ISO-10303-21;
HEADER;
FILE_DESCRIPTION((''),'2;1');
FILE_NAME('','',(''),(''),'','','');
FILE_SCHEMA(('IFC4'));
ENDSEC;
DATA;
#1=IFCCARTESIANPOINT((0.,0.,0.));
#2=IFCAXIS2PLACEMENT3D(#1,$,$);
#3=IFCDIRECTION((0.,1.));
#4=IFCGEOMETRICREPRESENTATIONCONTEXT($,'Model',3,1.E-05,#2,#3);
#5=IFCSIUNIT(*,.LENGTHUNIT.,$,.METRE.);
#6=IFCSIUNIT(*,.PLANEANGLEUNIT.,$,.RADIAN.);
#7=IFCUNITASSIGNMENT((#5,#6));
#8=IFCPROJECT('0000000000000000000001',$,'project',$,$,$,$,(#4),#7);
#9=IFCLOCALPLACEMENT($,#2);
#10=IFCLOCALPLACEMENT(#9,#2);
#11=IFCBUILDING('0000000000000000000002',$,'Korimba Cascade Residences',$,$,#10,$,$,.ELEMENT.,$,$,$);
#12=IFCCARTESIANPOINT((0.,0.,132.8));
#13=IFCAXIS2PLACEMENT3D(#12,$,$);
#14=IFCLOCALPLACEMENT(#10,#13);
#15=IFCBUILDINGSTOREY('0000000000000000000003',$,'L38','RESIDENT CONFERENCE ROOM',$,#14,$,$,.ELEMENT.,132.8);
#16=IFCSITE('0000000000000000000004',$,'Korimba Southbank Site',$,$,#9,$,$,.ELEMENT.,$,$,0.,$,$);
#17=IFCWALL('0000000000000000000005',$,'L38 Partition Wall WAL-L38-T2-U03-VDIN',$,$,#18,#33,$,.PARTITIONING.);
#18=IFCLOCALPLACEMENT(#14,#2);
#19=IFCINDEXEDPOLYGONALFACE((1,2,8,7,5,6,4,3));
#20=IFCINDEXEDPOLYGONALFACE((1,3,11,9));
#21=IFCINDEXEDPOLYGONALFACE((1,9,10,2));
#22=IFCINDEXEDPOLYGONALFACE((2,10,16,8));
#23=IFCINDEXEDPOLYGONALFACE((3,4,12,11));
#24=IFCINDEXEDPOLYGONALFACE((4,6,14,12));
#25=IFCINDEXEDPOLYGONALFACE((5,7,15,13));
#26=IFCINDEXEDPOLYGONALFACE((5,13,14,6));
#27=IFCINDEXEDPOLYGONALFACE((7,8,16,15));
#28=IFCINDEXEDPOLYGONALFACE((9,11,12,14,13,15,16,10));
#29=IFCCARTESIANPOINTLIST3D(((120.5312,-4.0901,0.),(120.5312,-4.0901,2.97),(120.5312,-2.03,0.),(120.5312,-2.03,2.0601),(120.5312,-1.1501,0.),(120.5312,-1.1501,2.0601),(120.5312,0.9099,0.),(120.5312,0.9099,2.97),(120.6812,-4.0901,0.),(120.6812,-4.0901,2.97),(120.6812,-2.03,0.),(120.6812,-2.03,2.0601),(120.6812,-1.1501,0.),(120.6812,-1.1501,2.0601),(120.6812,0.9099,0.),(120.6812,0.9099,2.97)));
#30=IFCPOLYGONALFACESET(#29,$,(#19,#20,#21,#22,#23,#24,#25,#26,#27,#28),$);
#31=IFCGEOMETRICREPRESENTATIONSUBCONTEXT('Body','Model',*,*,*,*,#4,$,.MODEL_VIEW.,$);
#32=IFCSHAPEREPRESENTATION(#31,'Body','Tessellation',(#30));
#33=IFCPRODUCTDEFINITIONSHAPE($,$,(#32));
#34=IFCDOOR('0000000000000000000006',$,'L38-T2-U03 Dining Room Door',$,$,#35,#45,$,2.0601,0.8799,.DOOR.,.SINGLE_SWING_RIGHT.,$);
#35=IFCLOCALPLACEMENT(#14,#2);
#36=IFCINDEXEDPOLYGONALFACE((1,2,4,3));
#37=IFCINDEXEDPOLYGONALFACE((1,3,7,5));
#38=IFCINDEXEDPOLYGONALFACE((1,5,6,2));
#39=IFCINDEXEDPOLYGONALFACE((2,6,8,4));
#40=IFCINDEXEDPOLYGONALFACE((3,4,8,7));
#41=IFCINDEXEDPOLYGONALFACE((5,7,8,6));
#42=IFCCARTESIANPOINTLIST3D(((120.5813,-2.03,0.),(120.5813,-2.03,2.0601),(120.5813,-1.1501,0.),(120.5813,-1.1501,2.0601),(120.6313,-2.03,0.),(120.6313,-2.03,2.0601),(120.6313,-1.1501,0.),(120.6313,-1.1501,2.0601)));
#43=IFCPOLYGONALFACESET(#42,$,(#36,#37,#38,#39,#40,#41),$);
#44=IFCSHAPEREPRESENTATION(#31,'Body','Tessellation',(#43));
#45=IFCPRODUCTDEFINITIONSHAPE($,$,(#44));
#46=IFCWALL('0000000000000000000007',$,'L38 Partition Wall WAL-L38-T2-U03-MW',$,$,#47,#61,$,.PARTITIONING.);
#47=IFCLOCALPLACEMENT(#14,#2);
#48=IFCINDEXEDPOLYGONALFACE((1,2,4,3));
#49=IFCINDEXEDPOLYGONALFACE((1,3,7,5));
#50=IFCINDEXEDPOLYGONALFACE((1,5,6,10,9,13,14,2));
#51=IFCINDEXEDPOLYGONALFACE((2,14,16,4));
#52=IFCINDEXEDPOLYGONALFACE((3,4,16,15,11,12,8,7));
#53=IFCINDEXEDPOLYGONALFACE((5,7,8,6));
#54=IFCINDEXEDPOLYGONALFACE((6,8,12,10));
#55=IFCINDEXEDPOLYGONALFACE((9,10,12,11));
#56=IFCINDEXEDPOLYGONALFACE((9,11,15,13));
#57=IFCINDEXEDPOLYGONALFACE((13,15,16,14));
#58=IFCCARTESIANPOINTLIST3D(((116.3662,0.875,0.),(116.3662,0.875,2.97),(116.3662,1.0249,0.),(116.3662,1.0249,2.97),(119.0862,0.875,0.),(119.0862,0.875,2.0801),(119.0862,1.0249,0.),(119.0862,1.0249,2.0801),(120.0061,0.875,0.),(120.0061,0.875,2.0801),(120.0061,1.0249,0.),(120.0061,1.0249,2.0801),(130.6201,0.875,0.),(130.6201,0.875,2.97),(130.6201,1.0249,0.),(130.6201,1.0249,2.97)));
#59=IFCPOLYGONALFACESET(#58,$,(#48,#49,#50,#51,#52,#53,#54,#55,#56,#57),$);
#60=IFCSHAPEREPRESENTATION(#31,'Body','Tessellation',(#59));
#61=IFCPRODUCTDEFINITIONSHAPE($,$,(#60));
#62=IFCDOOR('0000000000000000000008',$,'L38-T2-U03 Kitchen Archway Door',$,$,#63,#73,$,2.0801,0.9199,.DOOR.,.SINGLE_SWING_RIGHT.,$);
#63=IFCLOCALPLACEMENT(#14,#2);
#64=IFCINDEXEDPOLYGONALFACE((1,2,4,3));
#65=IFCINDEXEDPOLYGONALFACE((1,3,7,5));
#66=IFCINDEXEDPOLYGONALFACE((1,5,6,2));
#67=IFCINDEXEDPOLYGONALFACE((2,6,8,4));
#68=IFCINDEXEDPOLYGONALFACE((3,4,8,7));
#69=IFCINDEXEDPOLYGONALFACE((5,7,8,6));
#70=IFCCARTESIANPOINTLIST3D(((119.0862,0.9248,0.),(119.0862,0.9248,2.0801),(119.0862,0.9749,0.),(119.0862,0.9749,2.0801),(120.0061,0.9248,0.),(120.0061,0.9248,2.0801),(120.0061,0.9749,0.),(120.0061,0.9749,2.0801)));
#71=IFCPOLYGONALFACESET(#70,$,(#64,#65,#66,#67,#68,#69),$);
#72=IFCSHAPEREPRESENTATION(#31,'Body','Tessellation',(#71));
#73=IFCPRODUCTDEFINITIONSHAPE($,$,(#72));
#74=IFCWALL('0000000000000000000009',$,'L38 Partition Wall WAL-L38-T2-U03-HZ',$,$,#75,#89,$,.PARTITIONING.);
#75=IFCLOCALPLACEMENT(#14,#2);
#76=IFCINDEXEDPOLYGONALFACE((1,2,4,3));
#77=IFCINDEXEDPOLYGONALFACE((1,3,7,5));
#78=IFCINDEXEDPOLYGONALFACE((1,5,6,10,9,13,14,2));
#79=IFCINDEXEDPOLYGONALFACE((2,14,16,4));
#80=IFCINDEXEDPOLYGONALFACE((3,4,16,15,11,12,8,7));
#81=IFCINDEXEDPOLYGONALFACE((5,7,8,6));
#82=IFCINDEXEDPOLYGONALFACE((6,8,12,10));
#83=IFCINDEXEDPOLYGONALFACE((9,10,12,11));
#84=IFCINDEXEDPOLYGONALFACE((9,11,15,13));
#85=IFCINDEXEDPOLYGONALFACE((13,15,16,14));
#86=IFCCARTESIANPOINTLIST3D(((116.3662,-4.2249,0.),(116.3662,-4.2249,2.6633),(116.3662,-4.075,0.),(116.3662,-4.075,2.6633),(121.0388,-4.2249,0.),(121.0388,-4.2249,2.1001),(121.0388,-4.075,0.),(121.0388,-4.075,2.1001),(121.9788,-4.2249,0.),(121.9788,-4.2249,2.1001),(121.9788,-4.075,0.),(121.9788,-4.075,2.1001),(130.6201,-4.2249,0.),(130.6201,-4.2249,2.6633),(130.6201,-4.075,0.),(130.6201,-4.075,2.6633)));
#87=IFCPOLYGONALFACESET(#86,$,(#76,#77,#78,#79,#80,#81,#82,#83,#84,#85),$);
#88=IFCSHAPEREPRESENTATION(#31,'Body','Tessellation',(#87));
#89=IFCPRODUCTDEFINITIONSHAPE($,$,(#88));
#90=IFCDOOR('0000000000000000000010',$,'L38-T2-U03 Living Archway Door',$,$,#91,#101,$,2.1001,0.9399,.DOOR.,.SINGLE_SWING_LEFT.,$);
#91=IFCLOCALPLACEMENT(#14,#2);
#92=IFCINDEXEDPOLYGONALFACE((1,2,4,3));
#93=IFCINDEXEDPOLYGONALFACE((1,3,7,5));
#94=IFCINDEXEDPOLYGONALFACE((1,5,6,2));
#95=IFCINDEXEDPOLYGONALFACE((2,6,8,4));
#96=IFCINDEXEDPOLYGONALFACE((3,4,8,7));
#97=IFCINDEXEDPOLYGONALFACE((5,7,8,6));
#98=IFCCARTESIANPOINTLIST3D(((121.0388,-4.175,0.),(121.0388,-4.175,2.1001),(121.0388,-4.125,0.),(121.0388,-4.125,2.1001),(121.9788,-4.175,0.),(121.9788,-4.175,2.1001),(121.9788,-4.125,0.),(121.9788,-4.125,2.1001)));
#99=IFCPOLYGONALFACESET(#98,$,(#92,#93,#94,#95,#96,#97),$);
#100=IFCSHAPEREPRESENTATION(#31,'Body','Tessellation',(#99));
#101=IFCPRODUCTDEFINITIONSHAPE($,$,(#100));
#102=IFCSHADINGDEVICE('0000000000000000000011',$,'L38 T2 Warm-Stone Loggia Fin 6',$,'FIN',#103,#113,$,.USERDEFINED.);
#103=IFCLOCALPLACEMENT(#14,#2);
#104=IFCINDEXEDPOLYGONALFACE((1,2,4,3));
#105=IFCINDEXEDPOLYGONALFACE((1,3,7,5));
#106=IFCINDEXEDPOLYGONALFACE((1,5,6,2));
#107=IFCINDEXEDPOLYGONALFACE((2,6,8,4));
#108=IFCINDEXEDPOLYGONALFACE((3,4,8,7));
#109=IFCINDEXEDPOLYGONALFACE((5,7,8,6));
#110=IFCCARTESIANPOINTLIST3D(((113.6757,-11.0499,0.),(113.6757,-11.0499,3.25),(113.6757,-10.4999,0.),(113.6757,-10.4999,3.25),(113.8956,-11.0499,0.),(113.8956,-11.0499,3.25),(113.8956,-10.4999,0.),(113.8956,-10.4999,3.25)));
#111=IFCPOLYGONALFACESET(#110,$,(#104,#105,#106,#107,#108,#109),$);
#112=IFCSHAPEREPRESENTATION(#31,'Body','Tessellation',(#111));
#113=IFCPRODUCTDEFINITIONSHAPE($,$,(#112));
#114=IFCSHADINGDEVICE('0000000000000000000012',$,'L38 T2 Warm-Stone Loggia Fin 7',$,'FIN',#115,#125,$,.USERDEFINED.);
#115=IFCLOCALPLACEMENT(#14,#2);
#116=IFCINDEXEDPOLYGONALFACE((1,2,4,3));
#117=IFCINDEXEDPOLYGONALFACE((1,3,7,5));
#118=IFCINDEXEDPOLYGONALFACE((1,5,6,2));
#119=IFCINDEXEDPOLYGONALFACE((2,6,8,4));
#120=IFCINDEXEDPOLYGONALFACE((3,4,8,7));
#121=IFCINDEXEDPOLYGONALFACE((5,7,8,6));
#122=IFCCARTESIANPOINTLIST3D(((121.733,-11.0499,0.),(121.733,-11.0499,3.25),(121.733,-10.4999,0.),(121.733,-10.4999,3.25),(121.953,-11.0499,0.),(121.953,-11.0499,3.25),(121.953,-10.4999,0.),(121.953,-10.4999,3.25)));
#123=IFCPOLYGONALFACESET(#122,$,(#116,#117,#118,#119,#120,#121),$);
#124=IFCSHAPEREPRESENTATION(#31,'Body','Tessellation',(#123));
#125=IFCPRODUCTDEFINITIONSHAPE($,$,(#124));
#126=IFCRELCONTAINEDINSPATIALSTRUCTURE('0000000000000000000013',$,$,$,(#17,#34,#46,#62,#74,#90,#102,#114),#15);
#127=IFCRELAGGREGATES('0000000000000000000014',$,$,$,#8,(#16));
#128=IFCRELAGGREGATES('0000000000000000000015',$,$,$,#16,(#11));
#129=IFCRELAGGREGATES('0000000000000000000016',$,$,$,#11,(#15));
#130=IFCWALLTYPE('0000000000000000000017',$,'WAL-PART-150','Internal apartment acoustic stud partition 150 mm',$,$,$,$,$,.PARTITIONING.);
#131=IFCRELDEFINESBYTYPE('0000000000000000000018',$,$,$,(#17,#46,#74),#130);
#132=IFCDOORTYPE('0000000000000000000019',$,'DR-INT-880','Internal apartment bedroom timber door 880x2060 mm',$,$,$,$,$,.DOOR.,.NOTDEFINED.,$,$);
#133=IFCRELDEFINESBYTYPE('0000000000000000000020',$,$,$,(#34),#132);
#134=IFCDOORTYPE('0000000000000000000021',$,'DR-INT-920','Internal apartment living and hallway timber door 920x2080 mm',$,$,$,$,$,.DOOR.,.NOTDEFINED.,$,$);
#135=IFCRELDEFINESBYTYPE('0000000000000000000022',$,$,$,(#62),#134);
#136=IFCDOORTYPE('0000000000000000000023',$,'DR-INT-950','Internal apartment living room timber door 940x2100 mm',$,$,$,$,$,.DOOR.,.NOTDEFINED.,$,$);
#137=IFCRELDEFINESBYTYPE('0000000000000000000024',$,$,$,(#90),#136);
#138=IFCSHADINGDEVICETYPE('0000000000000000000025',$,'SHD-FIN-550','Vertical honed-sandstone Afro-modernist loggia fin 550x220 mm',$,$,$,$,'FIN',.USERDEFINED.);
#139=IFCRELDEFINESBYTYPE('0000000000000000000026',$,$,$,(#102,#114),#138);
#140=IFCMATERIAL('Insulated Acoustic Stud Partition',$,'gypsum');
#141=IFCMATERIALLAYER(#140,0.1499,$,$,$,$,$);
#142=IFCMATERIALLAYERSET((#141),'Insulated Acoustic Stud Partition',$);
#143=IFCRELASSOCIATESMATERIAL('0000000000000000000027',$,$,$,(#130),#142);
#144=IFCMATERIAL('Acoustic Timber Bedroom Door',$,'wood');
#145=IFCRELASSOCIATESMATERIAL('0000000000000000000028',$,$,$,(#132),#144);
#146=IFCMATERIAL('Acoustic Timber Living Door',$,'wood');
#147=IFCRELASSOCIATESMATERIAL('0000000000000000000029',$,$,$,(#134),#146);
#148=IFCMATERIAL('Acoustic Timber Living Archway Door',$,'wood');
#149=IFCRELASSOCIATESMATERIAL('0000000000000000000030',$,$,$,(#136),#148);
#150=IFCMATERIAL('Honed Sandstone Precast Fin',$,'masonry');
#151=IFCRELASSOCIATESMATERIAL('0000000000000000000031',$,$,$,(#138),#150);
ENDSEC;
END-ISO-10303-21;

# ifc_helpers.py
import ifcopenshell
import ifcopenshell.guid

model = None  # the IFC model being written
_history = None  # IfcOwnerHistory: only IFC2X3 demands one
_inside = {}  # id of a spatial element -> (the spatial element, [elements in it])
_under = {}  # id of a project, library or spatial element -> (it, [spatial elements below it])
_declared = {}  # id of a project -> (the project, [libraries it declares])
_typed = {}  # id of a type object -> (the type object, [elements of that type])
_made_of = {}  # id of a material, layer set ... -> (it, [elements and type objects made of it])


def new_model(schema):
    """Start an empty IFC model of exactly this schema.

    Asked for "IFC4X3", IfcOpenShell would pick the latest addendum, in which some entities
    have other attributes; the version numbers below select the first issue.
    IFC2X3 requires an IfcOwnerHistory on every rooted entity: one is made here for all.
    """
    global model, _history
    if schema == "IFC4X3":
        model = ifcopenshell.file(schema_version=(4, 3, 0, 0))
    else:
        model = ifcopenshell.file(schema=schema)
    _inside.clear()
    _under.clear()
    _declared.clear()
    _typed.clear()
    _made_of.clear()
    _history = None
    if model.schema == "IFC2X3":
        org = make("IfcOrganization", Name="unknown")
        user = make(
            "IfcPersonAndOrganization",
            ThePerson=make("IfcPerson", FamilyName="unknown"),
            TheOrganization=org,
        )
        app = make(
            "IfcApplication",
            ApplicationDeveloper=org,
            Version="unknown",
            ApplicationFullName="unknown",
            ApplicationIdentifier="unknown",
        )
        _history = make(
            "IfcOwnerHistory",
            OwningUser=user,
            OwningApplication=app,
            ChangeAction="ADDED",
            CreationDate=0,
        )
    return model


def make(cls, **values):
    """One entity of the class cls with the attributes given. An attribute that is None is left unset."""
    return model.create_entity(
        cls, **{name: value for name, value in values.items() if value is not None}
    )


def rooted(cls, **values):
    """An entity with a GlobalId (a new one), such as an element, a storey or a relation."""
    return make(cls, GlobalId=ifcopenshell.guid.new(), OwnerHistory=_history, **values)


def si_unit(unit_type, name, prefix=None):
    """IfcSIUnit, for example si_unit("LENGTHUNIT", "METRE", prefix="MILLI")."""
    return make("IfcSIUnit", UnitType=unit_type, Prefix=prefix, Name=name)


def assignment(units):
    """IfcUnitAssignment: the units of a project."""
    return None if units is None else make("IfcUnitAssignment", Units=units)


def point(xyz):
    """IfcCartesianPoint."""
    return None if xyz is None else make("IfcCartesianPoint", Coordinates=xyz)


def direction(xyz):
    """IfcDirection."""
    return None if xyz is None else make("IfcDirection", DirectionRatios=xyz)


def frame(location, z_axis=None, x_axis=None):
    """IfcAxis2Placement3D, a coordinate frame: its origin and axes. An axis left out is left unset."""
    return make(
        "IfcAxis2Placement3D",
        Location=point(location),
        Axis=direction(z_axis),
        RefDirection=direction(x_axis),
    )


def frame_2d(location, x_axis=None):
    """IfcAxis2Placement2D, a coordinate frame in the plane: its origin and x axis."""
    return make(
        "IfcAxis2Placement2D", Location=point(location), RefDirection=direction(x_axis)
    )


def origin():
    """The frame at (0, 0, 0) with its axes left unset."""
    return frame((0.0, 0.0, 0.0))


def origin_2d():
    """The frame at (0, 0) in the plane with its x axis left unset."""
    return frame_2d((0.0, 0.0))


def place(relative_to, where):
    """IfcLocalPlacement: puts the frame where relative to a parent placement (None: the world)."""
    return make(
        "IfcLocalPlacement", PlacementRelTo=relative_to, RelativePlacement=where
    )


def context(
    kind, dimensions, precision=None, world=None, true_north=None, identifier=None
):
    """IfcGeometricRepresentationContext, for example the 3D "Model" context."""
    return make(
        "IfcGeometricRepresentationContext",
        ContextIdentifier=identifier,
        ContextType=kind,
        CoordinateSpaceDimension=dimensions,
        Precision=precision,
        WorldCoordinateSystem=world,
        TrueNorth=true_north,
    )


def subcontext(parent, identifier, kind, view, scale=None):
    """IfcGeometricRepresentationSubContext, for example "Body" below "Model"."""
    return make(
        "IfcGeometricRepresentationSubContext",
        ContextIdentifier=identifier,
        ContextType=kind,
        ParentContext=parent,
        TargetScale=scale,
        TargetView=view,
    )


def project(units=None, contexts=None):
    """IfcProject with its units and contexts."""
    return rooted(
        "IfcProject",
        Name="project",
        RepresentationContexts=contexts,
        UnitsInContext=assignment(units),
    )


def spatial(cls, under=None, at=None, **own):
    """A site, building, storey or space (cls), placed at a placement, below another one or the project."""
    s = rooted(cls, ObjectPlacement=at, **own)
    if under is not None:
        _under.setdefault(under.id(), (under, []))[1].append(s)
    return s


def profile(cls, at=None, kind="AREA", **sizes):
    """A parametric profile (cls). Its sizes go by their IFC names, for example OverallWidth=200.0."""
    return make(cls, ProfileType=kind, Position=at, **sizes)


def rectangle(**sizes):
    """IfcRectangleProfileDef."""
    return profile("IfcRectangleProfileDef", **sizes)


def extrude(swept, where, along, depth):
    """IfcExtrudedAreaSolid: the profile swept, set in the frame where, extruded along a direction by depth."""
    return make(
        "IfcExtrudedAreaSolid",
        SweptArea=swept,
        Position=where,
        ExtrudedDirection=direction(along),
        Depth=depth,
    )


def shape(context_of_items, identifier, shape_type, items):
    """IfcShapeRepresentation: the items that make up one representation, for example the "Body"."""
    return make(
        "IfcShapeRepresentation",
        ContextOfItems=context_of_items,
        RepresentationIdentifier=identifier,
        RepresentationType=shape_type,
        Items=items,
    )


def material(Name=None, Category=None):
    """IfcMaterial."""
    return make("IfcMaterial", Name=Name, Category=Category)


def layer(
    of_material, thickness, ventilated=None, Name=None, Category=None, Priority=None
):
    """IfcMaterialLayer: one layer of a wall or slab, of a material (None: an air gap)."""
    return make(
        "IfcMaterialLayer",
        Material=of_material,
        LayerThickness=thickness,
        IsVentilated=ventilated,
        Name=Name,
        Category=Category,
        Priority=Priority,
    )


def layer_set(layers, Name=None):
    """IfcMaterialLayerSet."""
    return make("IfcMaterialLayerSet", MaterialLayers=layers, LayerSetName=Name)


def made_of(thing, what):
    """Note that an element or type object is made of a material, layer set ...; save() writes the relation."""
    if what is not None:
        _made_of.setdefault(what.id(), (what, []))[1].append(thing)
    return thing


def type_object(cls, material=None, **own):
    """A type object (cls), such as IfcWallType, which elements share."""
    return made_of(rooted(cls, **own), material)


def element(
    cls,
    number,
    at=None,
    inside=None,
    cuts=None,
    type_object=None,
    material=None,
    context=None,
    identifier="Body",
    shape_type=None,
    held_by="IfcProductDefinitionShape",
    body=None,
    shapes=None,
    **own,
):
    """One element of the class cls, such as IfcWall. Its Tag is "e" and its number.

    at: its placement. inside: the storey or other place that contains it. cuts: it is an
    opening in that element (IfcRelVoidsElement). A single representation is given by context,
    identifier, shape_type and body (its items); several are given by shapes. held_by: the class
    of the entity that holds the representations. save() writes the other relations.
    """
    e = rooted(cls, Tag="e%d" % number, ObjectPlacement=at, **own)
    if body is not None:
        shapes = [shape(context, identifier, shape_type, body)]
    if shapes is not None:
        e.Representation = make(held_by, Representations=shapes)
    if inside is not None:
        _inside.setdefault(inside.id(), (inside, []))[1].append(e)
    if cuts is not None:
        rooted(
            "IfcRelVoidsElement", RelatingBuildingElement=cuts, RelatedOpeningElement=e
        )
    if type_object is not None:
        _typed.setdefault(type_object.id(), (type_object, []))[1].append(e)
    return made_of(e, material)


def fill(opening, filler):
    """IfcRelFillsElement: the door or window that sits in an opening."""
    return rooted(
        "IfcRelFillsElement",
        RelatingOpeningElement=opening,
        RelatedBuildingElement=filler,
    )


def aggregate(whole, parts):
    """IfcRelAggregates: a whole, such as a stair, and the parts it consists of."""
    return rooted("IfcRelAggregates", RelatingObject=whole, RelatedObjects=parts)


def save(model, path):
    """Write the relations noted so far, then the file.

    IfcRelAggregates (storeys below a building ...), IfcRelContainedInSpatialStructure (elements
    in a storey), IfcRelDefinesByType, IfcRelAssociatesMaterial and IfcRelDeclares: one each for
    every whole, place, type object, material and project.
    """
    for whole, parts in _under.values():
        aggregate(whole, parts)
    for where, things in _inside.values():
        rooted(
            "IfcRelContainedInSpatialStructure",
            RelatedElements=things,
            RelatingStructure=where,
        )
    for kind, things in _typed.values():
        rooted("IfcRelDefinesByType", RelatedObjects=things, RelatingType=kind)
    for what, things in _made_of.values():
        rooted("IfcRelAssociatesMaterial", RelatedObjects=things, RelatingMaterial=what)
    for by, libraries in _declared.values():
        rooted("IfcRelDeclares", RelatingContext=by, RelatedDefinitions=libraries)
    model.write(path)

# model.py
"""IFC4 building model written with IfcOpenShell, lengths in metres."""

from ifc_helpers import new_model, si_unit, direction, frame, frame_2d, origin, origin_2d, place, context, subcontext, project, spatial, rectangle, extrude, material, layer, layer_set, type_object, element, fill, save


model = new_model("IFC4")

# Units and contexts
model_context = context("Model", 3, precision=1e-05, world=origin(), true_north=direction((0.0, 1.0)))
body_context = subcontext(model_context, "Body", "Model", "MODEL_VIEW")
ifc_project = project(units=[si_unit("LENGTHUNIT", "METRE"), si_unit("PLANEANGLEUNIT", "RADIAN")], contexts=[model_context])

# Site, building, storey
site_placement = place(None, origin())
site = spatial("IfcSite", under=ifc_project, at=site_placement, Name="Korimba Southbank Site", CompositionType="ELEMENT", RefElevation=0.0)
building_placement = place(site_placement, origin())
building = spatial("IfcBuilding", under=site, at=building_placement, Name="Korimba Cascade Residences", CompositionType="ELEMENT")
storey_placement = place(building_placement, frame((0.0, 0.0, 132.8)))
storey = spatial("IfcBuildingStorey", under=building, at=storey_placement, Name="L38", Description="RESIDENT CONFERENCE ROOM", CompositionType="ELEMENT", Elevation=132.8)

# Walls, openings, doors
ifc_material_1 = material(Name="Insulated Acoustic Stud Partition", Category="gypsum")
ifc_layer_1 = layer(ifc_material_1, 0.1499)
ifc_layer_set_1 = layer_set([ifc_layer_1], Name="Insulated Acoustic Stud Partition")
wall_type_1 = type_object("IfcWallType", Name="WAL-PART-150", Description="Internal apartment acoustic stud partition 150 mm", PredefinedType="PARTITIONING", material=ifc_layer_set_1)
ifc_material_2 = material(Name="Acoustic Timber Bedroom Door", Category="wood")
door_type_1 = type_object("IfcDoorType", Name="DR-INT-880", Description="Internal apartment bedroom timber door 880x2060 mm", OperationType="NOTDEFINED", PredefinedType="DOOR", material=ifc_material_2)
wall_1_placement = place(storey_placement, frame((120.6062, -4.0901, 0.0), z_axis=(0.0, 0.0, 1.0), x_axis=(0.0, 1.0, 0.0)))
wall_1 = element("IfcWall", 1, at=wall_1_placement, inside=storey, type_object=wall_type_1, Name="L38 Partition Wall WAL-L38-T2-U03-VDIN", PredefinedType="PARTITIONING", context=body_context, shape_type="SweptSolid", body=[
    extrude(rectangle(XDim=5.0, YDim=0.1499, at=frame_2d((2.5, 0.0))), origin(), (0.0, 0.0, 1.0), 2.97),
])
opening_1_placement = place(wall_1_placement, frame((2.0601, 0.0, 0.0)))
opening_1 = element("IfcOpeningElement", 2, at=opening_1_placement, cuts=wall_1, PredefinedType="OPENING", context=body_context, shape_type="SweptSolid", body=[
    extrude(rectangle(XDim=0.8799, YDim=2.0601, at=frame_2d((0.4399, 1.03))), frame((0.0, 0.085, 0.0), z_axis=(0.0, -1.0, 0.0), x_axis=(1.0, 0.0, 0.0)), (0.0, 0.0, 1.0), 0.1699),
])
door_1_placement = place(opening_1_placement, origin())
door_1 = element("IfcDoor", 3, at=door_1_placement, inside=storey, type_object=door_type_1, Name="L38-T2-U03 Dining Room Door", OperationType="SINGLE_SWING_RIGHT", OverallHeight=2.0601, OverallWidth=0.8799, PredefinedType="DOOR", context=body_context, shape_type="SweptSolid", body=[
    extrude(rectangle(XDim=0.8799, YDim=2.0601, at=frame_2d((0.4399, 1.03))), frame((0.0, 0.0249, 0.0), z_axis=(0.0, -1.0, 0.0), x_axis=(1.0, 0.0, 0.0)), (0.0, 0.0, 1.0), 0.05),
])
fill(opening_1, door_1)
wall_2_placement = place(storey_placement, frame((116.3662, 0.95, 0.0), z_axis=(0.0, 0.0, 1.0), x_axis=(1.0, 0.0, 0.0)))
wall_2 = element("IfcWall", 4, at=wall_2_placement, inside=storey, type_object=wall_type_1, Name="L38 Partition Wall WAL-L38-T2-U03-MW", PredefinedType="PARTITIONING", context=body_context, shape_type="SweptSolid", body=[
    extrude(rectangle(XDim=14.2539, YDim=0.1499, at=frame_2d((7.127, 0.0))), origin(), (0.0, 0.0, 1.0), 2.97),
])
opening_2_placement = place(wall_2_placement, frame((2.72, 0.0, 0.0)))
opening_2 = element("IfcOpeningElement", 5, at=opening_2_placement, cuts=wall_2, PredefinedType="OPENING", context=body_context, shape_type="SweptSolid", body=[
    extrude(rectangle(XDim=0.9199, YDim=2.0801, at=frame_2d((0.46, 1.04))), frame((0.0, 0.085, 0.0), z_axis=(0.0, -1.0, 0.0), x_axis=(1.0, 0.0, 0.0)), (0.0, 0.0, 1.0), 0.1699),
])
ifc_material_3 = material(Name="Acoustic Timber Living Door", Category="wood")
door_type_2 = type_object("IfcDoorType", Name="DR-INT-920", Description="Internal apartment living and hallway timber door 920x2080 mm", OperationType="NOTDEFINED", PredefinedType="DOOR", material=ifc_material_3)
door_2_placement = place(opening_2_placement, origin())
door_2 = element("IfcDoor", 6, at=door_2_placement, inside=storey, type_object=door_type_2, Name="L38-T2-U03 Kitchen Archway Door", OperationType="SINGLE_SWING_RIGHT", OverallHeight=2.0801, OverallWidth=0.9199, PredefinedType="DOOR", context=body_context, shape_type="SweptSolid", body=[
    extrude(rectangle(XDim=0.9199, YDim=2.0801, at=frame_2d((0.46, 1.04))), frame((0.0, 0.0249, 0.0), z_axis=(0.0, -1.0, 0.0), x_axis=(1.0, 0.0, 0.0)), (0.0, 0.0, 1.0), 0.05),
])
fill(opening_2, door_2)
wall_3_placement = place(storey_placement, frame((116.3662, -4.1499, 0.0), z_axis=(0.0, 0.0, 1.0), x_axis=(1.0, 0.0, 0.0)))
wall_3 = element("IfcWall", 7, at=wall_3_placement, inside=storey, type_object=wall_type_1, Name="L38 Partition Wall WAL-L38-T2-U03-HZ", PredefinedType="PARTITIONING", context=body_context, shape_type="SweptSolid", body=[
    extrude(rectangle(XDim=14.2539, YDim=0.1499, at=frame_2d((7.127, 0.0))), origin(), (0.0, 0.0, 1.0), 2.6633),
])
opening_3_placement = place(wall_3_placement, frame((4.6726, 0.0, 0.0)))
opening_3 = element("IfcOpeningElement", 8, at=opening_3_placement, cuts=wall_3, PredefinedType="OPENING", context=body_context, shape_type="SweptSolid", body=[
    extrude(rectangle(XDim=0.9399, YDim=2.1001, at=frame_2d((0.47, 1.05))), frame((0.0, 0.085, 0.0), z_axis=(0.0, -1.0, 0.0), x_axis=(1.0, 0.0, 0.0)), (0.0, 0.0, 1.0), 0.1699),
])
ifc_material_4 = material(Name="Acoustic Timber Living Archway Door", Category="wood")
door_type_3 = type_object("IfcDoorType", Name="DR-INT-950", Description="Internal apartment living room timber door 940x2100 mm", OperationType="NOTDEFINED", PredefinedType="DOOR", material=ifc_material_4)
door_3_placement = place(opening_3_placement, origin())
door_3 = element("IfcDoor", 9, at=door_3_placement, inside=storey, type_object=door_type_3, Name="L38-T2-U03 Living Archway Door", OperationType="SINGLE_SWING_LEFT", OverallHeight=2.1001, OverallWidth=0.9399, PredefinedType="DOOR", context=body_context, shape_type="SweptSolid", body=[
    extrude(rectangle(XDim=0.9399, YDim=2.1001, at=frame_2d((0.47, 1.05))), frame((0.0, 0.0249, 0.0), z_axis=(0.0, -1.0, 0.0), x_axis=(1.0, 0.0, 0.0)), (0.0, 0.0, 1.0), 0.05),
])
fill(opening_3, door_3)

# Shading devices
ifc_material_5 = material(Name="Honed Sandstone Precast Fin", Category="masonry")
shading_device_type = type_object("IfcShadingDeviceType", Name="SHD-FIN-550", Description="Vertical honed-sandstone Afro-modernist loggia fin 550x220 mm", ElementType="FIN", PredefinedType="USERDEFINED", material=ifc_material_5)
for number, where, z_axis, x_axis, name in (
    (10, (113.7856, -10.7749, 0.0), (0.0, 0.0, 1.0), (1.0, 0.0, 0.0), "L38 T2 Warm-Stone Loggia Fin 6"),
    (11, (121.843, -10.7749, 0.0), (0.0, 0.0, 1.0), (1.0, 0.0, 0.0), "L38 T2 Warm-Stone Loggia Fin 7"),
):
    element("IfcShadingDevice", number, at=place(storey_placement, frame(where, z_axis=z_axis, x_axis=x_axis)), inside=storey, type_object=shading_device_type, Name=name, ObjectType="FIN", PredefinedType="USERDEFINED", context=body_context, shape_type="SweptSolid", body=[
        extrude(rectangle(XDim=0.22, YDim=0.55, at=origin_2d()), origin(), (0.0, 0.0, 1.0), 3.25),
    ])

save(model, "model.ifc")
